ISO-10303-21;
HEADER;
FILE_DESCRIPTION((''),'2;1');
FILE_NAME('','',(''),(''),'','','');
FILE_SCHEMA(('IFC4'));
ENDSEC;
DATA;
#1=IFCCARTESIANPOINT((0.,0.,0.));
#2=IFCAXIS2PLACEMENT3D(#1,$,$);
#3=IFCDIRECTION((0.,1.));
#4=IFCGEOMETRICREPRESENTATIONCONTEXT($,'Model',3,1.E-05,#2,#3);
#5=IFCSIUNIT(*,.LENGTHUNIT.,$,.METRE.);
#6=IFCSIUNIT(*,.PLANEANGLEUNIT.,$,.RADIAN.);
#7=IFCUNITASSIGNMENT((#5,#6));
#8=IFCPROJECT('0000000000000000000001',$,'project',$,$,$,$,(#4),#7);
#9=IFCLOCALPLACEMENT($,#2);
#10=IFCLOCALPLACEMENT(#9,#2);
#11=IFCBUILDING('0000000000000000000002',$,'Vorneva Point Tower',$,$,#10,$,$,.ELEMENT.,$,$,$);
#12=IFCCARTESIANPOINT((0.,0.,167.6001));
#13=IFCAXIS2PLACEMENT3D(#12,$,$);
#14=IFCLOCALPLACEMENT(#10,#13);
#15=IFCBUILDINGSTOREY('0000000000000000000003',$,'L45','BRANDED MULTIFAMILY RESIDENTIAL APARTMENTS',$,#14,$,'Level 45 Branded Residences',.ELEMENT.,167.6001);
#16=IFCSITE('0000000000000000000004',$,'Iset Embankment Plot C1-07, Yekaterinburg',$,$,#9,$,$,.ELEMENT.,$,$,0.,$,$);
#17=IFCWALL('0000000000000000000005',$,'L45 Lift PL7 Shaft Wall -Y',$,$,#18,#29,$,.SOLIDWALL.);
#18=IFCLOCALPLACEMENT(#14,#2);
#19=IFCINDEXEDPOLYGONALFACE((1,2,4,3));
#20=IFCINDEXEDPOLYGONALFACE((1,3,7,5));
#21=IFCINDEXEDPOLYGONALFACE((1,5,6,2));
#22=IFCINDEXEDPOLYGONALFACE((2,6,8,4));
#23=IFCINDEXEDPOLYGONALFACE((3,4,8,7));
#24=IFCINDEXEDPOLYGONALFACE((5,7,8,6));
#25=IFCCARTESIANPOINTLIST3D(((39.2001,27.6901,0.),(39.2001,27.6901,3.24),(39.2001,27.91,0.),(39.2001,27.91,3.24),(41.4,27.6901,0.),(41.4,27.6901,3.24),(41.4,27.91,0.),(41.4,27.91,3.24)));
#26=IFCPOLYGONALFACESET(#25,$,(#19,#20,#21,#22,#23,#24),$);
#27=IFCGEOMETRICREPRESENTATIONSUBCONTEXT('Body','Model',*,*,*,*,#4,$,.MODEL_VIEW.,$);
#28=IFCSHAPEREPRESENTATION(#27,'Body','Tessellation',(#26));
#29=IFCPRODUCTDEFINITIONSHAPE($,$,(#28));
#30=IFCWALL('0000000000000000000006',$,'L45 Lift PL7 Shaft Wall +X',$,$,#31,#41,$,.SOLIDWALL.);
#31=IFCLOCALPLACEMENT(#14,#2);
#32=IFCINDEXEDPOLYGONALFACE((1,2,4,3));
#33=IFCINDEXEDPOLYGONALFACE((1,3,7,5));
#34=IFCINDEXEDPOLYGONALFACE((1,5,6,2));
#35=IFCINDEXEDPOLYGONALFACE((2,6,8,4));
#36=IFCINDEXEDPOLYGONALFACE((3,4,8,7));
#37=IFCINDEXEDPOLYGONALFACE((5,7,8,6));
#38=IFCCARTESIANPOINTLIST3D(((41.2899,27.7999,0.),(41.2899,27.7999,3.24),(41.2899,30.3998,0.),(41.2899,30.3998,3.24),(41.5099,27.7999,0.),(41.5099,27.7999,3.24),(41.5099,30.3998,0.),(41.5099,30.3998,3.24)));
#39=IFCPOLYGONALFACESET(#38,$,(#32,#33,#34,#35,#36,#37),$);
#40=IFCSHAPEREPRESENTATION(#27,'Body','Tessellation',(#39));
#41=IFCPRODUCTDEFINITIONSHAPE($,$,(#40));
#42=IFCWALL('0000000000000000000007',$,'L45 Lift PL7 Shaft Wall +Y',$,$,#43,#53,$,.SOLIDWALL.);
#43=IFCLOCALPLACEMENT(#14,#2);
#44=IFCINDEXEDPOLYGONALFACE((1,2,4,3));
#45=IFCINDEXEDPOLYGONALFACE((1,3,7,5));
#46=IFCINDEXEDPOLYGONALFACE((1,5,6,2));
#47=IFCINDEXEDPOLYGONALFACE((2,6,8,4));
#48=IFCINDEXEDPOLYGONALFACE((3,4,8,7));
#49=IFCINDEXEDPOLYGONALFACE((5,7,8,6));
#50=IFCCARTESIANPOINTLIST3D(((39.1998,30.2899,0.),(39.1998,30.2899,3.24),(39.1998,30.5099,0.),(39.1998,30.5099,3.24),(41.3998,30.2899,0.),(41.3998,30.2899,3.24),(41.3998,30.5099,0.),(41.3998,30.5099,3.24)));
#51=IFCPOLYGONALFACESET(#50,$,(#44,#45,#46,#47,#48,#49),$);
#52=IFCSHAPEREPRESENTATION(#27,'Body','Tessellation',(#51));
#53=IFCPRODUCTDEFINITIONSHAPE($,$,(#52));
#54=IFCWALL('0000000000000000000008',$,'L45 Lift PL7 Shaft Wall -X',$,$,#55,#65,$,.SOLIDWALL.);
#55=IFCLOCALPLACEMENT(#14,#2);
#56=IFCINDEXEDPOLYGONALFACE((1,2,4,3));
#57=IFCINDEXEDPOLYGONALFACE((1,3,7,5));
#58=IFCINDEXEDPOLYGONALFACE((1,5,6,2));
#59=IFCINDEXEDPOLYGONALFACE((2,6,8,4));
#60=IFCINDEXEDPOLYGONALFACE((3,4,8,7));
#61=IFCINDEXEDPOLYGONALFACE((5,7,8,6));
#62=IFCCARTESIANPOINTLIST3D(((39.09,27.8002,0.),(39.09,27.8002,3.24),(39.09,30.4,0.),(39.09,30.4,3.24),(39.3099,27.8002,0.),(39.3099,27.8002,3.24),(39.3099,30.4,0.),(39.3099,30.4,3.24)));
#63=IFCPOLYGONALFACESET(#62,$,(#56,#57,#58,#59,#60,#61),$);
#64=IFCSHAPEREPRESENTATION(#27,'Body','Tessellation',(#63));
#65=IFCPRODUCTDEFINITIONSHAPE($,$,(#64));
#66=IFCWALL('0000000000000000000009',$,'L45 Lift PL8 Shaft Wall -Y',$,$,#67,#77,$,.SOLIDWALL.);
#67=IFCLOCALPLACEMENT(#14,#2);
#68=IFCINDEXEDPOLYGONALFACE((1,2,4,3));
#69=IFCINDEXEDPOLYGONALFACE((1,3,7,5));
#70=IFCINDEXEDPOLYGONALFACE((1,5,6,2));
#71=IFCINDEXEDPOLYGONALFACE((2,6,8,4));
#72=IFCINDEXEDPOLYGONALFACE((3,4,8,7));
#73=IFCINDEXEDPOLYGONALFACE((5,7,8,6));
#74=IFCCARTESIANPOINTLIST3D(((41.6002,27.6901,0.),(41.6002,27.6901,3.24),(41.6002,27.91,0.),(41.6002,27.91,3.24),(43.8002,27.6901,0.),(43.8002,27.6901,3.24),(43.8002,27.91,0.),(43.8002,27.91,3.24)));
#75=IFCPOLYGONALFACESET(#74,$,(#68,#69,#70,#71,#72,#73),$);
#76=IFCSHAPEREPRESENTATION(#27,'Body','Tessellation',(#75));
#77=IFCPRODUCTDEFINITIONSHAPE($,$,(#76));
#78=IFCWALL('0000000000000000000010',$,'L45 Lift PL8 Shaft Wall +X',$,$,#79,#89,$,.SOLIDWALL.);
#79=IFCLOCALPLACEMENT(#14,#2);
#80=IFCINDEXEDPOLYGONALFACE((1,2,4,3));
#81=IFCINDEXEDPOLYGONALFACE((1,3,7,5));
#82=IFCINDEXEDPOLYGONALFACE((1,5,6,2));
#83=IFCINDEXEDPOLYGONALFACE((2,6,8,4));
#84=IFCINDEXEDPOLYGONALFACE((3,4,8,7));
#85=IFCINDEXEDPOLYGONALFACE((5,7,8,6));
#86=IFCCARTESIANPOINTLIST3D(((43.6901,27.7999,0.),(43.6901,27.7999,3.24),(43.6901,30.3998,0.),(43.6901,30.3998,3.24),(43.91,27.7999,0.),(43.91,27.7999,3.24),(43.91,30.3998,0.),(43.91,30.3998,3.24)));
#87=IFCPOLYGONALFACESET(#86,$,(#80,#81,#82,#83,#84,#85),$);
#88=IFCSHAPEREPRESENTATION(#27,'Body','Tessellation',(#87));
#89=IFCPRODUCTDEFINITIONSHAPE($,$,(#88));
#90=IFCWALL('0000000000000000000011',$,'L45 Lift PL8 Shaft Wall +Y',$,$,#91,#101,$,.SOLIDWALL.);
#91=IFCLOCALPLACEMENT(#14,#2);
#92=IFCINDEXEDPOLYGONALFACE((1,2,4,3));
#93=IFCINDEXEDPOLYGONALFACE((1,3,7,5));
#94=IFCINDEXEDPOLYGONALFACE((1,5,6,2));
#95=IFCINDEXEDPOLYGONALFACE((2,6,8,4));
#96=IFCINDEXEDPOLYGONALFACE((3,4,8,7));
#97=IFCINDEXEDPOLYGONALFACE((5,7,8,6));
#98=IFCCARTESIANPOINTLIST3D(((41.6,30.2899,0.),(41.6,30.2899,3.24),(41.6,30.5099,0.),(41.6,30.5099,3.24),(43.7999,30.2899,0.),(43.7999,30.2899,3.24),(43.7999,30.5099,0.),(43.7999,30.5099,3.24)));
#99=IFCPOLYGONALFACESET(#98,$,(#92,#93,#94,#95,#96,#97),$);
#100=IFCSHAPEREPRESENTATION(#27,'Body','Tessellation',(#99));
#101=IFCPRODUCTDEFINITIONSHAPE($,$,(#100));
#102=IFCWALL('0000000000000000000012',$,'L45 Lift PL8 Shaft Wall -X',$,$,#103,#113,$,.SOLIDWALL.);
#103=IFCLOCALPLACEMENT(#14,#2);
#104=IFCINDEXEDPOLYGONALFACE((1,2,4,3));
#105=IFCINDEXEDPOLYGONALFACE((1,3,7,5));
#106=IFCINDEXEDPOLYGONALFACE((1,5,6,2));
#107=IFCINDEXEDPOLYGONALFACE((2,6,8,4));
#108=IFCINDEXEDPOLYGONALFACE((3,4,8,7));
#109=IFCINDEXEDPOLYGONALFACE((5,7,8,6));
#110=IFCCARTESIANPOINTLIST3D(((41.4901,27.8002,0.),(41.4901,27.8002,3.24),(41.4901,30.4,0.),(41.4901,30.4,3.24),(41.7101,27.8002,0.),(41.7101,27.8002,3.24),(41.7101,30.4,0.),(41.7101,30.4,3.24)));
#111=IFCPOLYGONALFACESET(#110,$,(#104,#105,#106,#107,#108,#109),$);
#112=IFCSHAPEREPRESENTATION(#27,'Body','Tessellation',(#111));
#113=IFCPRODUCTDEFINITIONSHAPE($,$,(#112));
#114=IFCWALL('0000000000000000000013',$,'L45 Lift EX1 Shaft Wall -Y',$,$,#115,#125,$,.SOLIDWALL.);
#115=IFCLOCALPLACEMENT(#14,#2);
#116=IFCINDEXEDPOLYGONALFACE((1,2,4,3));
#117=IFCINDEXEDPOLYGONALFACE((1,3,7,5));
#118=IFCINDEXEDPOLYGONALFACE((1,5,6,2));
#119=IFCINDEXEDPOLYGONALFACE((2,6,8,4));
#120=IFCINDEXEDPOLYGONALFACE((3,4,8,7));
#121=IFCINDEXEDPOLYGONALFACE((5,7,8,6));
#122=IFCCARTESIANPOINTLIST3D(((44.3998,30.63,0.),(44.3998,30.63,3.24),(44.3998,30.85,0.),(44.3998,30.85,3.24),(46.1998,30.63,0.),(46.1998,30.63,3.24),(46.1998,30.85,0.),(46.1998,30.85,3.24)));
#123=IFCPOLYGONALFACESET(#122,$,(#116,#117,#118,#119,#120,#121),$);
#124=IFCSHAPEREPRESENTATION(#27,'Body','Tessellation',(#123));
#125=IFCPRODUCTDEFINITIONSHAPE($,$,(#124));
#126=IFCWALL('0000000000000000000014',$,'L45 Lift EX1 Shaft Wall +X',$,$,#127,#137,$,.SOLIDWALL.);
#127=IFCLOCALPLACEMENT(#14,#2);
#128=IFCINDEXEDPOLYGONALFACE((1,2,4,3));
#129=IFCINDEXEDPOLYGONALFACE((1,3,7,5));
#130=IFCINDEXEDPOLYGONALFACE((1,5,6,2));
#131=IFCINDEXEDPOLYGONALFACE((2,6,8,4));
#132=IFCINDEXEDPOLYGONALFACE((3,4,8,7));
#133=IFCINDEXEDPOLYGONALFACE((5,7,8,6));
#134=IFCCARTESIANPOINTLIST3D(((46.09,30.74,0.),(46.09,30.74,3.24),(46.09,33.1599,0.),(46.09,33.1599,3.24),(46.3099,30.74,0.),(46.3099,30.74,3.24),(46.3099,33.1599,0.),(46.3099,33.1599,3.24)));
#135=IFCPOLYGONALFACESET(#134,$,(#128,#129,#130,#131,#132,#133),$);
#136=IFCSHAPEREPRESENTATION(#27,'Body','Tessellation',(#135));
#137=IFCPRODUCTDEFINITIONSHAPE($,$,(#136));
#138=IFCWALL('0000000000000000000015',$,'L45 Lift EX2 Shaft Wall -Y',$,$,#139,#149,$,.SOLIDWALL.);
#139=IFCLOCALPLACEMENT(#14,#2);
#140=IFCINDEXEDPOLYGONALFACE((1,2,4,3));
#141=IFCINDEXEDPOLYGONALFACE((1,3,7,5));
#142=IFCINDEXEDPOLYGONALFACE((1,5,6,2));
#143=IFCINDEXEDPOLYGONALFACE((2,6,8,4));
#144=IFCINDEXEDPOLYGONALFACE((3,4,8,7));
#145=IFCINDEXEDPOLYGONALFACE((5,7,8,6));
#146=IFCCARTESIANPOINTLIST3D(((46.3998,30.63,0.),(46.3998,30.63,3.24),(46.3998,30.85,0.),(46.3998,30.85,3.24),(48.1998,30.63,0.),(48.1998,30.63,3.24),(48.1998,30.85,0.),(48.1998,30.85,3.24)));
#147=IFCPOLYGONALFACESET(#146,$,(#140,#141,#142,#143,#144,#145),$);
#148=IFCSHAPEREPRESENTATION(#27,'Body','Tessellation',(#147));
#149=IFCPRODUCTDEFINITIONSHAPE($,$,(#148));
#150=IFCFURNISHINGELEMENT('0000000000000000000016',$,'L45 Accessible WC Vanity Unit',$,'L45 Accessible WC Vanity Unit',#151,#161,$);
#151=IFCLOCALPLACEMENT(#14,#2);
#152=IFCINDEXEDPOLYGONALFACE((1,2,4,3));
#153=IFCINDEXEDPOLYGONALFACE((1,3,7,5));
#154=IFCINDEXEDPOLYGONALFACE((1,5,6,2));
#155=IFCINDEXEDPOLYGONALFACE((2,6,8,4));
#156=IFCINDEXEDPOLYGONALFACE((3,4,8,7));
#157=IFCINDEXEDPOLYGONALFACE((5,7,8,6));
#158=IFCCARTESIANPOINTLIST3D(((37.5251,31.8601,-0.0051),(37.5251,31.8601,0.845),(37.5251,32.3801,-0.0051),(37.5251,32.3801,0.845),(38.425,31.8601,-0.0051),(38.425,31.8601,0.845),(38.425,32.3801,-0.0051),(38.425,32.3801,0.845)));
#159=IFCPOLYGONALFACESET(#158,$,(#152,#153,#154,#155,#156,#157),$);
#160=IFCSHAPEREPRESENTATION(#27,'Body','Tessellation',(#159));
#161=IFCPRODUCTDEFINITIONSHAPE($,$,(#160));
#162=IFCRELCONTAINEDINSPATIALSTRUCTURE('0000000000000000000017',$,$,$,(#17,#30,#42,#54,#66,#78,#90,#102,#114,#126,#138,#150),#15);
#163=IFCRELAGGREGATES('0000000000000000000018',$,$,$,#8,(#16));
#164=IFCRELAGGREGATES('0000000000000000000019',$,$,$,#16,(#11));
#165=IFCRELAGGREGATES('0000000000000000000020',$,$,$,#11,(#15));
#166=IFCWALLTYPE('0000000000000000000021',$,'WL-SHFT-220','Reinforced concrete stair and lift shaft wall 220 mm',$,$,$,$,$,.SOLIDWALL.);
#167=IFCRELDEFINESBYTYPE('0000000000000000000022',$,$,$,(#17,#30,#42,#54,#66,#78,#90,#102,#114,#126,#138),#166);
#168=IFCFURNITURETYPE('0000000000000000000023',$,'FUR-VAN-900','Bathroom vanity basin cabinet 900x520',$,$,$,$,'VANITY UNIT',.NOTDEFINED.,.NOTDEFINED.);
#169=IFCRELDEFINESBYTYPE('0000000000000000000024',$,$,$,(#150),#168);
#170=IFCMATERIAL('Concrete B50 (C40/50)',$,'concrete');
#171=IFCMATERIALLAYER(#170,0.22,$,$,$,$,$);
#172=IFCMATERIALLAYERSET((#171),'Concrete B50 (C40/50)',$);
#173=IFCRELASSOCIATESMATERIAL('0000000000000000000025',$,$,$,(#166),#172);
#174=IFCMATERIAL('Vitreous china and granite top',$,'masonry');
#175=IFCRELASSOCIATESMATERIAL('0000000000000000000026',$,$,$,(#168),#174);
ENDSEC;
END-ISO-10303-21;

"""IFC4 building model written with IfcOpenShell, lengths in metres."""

from ifc_helpers import new_model, si_unit, direction, frame, frame_2d, origin, origin_2d, place, context, subcontext, project, spatial, rectangle, extrude, material, layer, layer_set, type_object, element, save


model = new_model("IFC4")

# Units and contexts
model_context = context("Model", 3, precision=1e-05, world=origin(), true_north=direction((0.0, 1.0)))
body_context = subcontext(model_context, "Body", "Model", "MODEL_VIEW")
ifc_project = project(units=[si_unit("LENGTHUNIT", "METRE"), si_unit("PLANEANGLEUNIT", "RADIAN")], contexts=[model_context])

# Site, building, storey
site_placement = place(None, origin())
site = spatial("IfcSite", under=ifc_project, at=site_placement, Name="Iset Embankment Plot C1-07, Yekaterinburg", CompositionType="ELEMENT", RefElevation=0.0)
building_placement = place(site_placement, origin())
building = spatial("IfcBuilding", under=site, at=building_placement, Name="Vorneva Point Tower", CompositionType="ELEMENT")
storey_placement = place(building_placement, frame((0.0, 0.0, 167.6001)))
storey = spatial("IfcBuildingStorey", under=building, at=storey_placement, Name="L45", Description="BRANDED MULTIFAMILY RESIDENTIAL APARTMENTS", LongName="Level 45 Branded Residences", CompositionType="ELEMENT", Elevation=167.6001)

# Walls
ifc_material_1 = material(Name="Concrete B50 (C40/50)", Category="concrete")
ifc_layer_1 = layer(ifc_material_1, 0.22)
ifc_layer_set_1 = layer_set([ifc_layer_1], Name="Concrete B50 (C40/50)")
wall_type_1 = type_object("IfcWallType", Name="WL-SHFT-220", Description="Reinforced concrete stair and lift shaft wall 220 mm", PredefinedType="SOLIDWALL", material=ifc_layer_set_1)
wall_1_placement = place(storey_placement, frame((39.2, 27.8, 0.0), z_axis=(0.0, 0.0, 1.0), x_axis=(1.0, 0.0, 0.0)))
element("IfcWall", 1, at=wall_1_placement, inside=storey, type_object=wall_type_1, Name="L45 Lift PL7 Shaft Wall -Y", PredefinedType="SOLIDWALL", context=body_context, shape_type="SweptSolid", body=[
    extrude(rectangle(XDim=2.2, YDim=0.22, at=frame_2d((1.1001, 0.0))), origin(), (0.0, 0.0, 1.0), 3.24),
])
wall_2_placement = place(storey_placement, frame((41.3999, 27.8, 0.0), z_axis=(0.0, 0.0, 1.0), x_axis=(0.0, 1.0, 0.0)))
element("IfcWall", 2, at=wall_2_placement, inside=storey, type_object=wall_type_1, Name="L45 Lift PL7 Shaft Wall +X", PredefinedType="SOLIDWALL", context=body_context, shape_type="SweptSolid", body=[
    extrude(rectangle(XDim=2.5999, YDim=0.22, at=frame_2d((1.2998, 0.0))), origin(), (0.0, 0.0, 1.0), 3.24),
])
wall_3_placement = place(storey_placement, frame((41.3999, 30.3999, 0.0), z_axis=(0.0, 0.0, 1.0), x_axis=(-1.0, 0.0, 0.0)))
element("IfcWall", 3, at=wall_3_placement, inside=storey, type_object=wall_type_1, Name="L45 Lift PL7 Shaft Wall +Y", PredefinedType="SOLIDWALL", context=body_context, shape_type="SweptSolid", body=[
    extrude(rectangle(XDim=2.2, YDim=0.22, at=frame_2d((1.1001, 0.0))), origin(), (0.0, 0.0, 1.0), 3.24),
])
wall_4_placement = place(storey_placement, frame((39.2, 30.3999, 0.0), z_axis=(0.0, 0.0, 1.0), x_axis=(0.0, -1.0, 0.0)))
element("IfcWall", 4, at=wall_4_placement, inside=storey, type_object=wall_type_1, Name="L45 Lift PL7 Shaft Wall -X", PredefinedType="SOLIDWALL", context=body_context, shape_type="SweptSolid", body=[
    extrude(rectangle(XDim=2.5999, YDim=0.22, at=frame_2d((1.2998, 0.0))), origin(), (0.0, 0.0, 1.0), 3.24),
])
wall_5_placement = place(storey_placement, frame((41.6001, 27.8, 0.0), z_axis=(0.0, 0.0, 1.0), x_axis=(1.0, 0.0, 0.0)))
element("IfcWall", 5, at=wall_5_placement, inside=storey, type_object=wall_type_1, Name="L45 Lift PL8 Shaft Wall -Y", PredefinedType="SOLIDWALL", context=body_context, shape_type="SweptSolid", body=[
    extrude(rectangle(XDim=2.2, YDim=0.22, at=frame_2d((1.1001, 0.0))), origin(), (0.0, 0.0, 1.0), 3.24),
])
wall_6_placement = place(storey_placement, frame((43.8, 27.8, 0.0), z_axis=(0.0, 0.0, 1.0), x_axis=(0.0, 1.0, 0.0)))
element("IfcWall", 6, at=wall_6_placement, inside=storey, type_object=wall_type_1, Name="L45 Lift PL8 Shaft Wall +X", PredefinedType="SOLIDWALL", context=body_context, shape_type="SweptSolid", body=[
    extrude(rectangle(XDim=2.5999, YDim=0.22, at=frame_2d((1.2998, 0.0))), origin(), (0.0, 0.0, 1.0), 3.24),
])
wall_7_placement = place(storey_placement, frame((43.8, 30.3999, 0.0), z_axis=(0.0, 0.0, 1.0), x_axis=(-1.0, 0.0, 0.0)))
element("IfcWall", 7, at=wall_7_placement, inside=storey, type_object=wall_type_1, Name="L45 Lift PL8 Shaft Wall +Y", PredefinedType="SOLIDWALL", context=body_context, shape_type="SweptSolid", body=[
    extrude(rectangle(XDim=2.2, YDim=0.22, at=frame_2d((1.1001, 0.0))), origin(), (0.0, 0.0, 1.0), 3.24),
])
wall_8_placement = place(storey_placement, frame((41.6001, 30.3999, 0.0), z_axis=(0.0, 0.0, 1.0), x_axis=(0.0, -1.0, 0.0)))
element("IfcWall", 8, at=wall_8_placement, inside=storey, type_object=wall_type_1, Name="L45 Lift PL8 Shaft Wall -X", PredefinedType="SOLIDWALL", context=body_context, shape_type="SweptSolid", body=[
    extrude(rectangle(XDim=2.5999, YDim=0.22, at=frame_2d((1.2998, 0.0))), origin(), (0.0, 0.0, 1.0), 3.24),
])
wall_9_placement = place(storey_placement, frame((44.3999, 30.74, 0.0), z_axis=(0.0, 0.0, 1.0), x_axis=(1.0, 0.0, 0.0)))
element("IfcWall", 9, at=wall_9_placement, inside=storey, type_object=wall_type_1, Name="L45 Lift EX1 Shaft Wall -Y", PredefinedType="SOLIDWALL", context=body_context, shape_type="SweptSolid", body=[
    extrude(rectangle(XDim=1.8, YDim=0.22, at=frame_2d((0.8999, 0.0))), origin(), (0.0, 0.0, 1.0), 3.24),
])
wall_10_placement = place(storey_placement, frame((46.2, 30.74, 0.0), z_axis=(0.0, 0.0, 1.0), x_axis=(0.0, 1.0, 0.0)))
element("IfcWall", 10, at=wall_10_placement, inside=storey, type_object=wall_type_1, Name="L45 Lift EX1 Shaft Wall +X", PredefinedType="SOLIDWALL", context=body_context, shape_type="SweptSolid", body=[
    extrude(rectangle(XDim=2.4199, YDim=0.22, at=frame_2d((1.21, 0.0))), origin(), (0.0, 0.0, 1.0), 3.24),
])
wall_11_placement = place(storey_placement, frame((46.3999, 30.74, 0.0), z_axis=(0.0, 0.0, 1.0), x_axis=(1.0, 0.0, 0.0)))
element("IfcWall", 11, at=wall_11_placement, inside=storey, type_object=wall_type_1, Name="L45 Lift EX2 Shaft Wall -Y", PredefinedType="SOLIDWALL", context=body_context, shape_type="SweptSolid", body=[
    extrude(rectangle(XDim=1.8, YDim=0.22, at=frame_2d((0.8999, 0.0))), origin(), (0.0, 0.0, 1.0), 3.24),
])

# Furnishing element
ifc_material_2 = material(Name="Vitreous china and granite top", Category="masonry")
furniture_type = type_object("IfcFurnitureType", Name="FUR-VAN-900", Description="Bathroom vanity basin cabinet 900x520", ElementType="VANITY UNIT", AssemblyPlace="NOTDEFINED", PredefinedType="NOTDEFINED", material=ifc_material_2)
furnishing_placement = place(storey_placement, frame((37.9751, 32.1201, -0.0051), z_axis=(0.0, 0.0, 1.0), x_axis=(1.0, 0.0, 0.0)))
element("IfcFurnishingElement", 12, at=furnishing_placement, inside=storey, type_object=furniture_type, Name="L45 Accessible WC Vanity Unit", ObjectType="L45 Accessible WC Vanity Unit", context=body_context, shape_type="SweptSolid", body=[
    extrude(rectangle(XDim=0.8999, YDim=0.52, at=origin_2d()), origin(), (0.0, 0.0, 1.0), 0.8501),
])

save(model, "model.ifc")
